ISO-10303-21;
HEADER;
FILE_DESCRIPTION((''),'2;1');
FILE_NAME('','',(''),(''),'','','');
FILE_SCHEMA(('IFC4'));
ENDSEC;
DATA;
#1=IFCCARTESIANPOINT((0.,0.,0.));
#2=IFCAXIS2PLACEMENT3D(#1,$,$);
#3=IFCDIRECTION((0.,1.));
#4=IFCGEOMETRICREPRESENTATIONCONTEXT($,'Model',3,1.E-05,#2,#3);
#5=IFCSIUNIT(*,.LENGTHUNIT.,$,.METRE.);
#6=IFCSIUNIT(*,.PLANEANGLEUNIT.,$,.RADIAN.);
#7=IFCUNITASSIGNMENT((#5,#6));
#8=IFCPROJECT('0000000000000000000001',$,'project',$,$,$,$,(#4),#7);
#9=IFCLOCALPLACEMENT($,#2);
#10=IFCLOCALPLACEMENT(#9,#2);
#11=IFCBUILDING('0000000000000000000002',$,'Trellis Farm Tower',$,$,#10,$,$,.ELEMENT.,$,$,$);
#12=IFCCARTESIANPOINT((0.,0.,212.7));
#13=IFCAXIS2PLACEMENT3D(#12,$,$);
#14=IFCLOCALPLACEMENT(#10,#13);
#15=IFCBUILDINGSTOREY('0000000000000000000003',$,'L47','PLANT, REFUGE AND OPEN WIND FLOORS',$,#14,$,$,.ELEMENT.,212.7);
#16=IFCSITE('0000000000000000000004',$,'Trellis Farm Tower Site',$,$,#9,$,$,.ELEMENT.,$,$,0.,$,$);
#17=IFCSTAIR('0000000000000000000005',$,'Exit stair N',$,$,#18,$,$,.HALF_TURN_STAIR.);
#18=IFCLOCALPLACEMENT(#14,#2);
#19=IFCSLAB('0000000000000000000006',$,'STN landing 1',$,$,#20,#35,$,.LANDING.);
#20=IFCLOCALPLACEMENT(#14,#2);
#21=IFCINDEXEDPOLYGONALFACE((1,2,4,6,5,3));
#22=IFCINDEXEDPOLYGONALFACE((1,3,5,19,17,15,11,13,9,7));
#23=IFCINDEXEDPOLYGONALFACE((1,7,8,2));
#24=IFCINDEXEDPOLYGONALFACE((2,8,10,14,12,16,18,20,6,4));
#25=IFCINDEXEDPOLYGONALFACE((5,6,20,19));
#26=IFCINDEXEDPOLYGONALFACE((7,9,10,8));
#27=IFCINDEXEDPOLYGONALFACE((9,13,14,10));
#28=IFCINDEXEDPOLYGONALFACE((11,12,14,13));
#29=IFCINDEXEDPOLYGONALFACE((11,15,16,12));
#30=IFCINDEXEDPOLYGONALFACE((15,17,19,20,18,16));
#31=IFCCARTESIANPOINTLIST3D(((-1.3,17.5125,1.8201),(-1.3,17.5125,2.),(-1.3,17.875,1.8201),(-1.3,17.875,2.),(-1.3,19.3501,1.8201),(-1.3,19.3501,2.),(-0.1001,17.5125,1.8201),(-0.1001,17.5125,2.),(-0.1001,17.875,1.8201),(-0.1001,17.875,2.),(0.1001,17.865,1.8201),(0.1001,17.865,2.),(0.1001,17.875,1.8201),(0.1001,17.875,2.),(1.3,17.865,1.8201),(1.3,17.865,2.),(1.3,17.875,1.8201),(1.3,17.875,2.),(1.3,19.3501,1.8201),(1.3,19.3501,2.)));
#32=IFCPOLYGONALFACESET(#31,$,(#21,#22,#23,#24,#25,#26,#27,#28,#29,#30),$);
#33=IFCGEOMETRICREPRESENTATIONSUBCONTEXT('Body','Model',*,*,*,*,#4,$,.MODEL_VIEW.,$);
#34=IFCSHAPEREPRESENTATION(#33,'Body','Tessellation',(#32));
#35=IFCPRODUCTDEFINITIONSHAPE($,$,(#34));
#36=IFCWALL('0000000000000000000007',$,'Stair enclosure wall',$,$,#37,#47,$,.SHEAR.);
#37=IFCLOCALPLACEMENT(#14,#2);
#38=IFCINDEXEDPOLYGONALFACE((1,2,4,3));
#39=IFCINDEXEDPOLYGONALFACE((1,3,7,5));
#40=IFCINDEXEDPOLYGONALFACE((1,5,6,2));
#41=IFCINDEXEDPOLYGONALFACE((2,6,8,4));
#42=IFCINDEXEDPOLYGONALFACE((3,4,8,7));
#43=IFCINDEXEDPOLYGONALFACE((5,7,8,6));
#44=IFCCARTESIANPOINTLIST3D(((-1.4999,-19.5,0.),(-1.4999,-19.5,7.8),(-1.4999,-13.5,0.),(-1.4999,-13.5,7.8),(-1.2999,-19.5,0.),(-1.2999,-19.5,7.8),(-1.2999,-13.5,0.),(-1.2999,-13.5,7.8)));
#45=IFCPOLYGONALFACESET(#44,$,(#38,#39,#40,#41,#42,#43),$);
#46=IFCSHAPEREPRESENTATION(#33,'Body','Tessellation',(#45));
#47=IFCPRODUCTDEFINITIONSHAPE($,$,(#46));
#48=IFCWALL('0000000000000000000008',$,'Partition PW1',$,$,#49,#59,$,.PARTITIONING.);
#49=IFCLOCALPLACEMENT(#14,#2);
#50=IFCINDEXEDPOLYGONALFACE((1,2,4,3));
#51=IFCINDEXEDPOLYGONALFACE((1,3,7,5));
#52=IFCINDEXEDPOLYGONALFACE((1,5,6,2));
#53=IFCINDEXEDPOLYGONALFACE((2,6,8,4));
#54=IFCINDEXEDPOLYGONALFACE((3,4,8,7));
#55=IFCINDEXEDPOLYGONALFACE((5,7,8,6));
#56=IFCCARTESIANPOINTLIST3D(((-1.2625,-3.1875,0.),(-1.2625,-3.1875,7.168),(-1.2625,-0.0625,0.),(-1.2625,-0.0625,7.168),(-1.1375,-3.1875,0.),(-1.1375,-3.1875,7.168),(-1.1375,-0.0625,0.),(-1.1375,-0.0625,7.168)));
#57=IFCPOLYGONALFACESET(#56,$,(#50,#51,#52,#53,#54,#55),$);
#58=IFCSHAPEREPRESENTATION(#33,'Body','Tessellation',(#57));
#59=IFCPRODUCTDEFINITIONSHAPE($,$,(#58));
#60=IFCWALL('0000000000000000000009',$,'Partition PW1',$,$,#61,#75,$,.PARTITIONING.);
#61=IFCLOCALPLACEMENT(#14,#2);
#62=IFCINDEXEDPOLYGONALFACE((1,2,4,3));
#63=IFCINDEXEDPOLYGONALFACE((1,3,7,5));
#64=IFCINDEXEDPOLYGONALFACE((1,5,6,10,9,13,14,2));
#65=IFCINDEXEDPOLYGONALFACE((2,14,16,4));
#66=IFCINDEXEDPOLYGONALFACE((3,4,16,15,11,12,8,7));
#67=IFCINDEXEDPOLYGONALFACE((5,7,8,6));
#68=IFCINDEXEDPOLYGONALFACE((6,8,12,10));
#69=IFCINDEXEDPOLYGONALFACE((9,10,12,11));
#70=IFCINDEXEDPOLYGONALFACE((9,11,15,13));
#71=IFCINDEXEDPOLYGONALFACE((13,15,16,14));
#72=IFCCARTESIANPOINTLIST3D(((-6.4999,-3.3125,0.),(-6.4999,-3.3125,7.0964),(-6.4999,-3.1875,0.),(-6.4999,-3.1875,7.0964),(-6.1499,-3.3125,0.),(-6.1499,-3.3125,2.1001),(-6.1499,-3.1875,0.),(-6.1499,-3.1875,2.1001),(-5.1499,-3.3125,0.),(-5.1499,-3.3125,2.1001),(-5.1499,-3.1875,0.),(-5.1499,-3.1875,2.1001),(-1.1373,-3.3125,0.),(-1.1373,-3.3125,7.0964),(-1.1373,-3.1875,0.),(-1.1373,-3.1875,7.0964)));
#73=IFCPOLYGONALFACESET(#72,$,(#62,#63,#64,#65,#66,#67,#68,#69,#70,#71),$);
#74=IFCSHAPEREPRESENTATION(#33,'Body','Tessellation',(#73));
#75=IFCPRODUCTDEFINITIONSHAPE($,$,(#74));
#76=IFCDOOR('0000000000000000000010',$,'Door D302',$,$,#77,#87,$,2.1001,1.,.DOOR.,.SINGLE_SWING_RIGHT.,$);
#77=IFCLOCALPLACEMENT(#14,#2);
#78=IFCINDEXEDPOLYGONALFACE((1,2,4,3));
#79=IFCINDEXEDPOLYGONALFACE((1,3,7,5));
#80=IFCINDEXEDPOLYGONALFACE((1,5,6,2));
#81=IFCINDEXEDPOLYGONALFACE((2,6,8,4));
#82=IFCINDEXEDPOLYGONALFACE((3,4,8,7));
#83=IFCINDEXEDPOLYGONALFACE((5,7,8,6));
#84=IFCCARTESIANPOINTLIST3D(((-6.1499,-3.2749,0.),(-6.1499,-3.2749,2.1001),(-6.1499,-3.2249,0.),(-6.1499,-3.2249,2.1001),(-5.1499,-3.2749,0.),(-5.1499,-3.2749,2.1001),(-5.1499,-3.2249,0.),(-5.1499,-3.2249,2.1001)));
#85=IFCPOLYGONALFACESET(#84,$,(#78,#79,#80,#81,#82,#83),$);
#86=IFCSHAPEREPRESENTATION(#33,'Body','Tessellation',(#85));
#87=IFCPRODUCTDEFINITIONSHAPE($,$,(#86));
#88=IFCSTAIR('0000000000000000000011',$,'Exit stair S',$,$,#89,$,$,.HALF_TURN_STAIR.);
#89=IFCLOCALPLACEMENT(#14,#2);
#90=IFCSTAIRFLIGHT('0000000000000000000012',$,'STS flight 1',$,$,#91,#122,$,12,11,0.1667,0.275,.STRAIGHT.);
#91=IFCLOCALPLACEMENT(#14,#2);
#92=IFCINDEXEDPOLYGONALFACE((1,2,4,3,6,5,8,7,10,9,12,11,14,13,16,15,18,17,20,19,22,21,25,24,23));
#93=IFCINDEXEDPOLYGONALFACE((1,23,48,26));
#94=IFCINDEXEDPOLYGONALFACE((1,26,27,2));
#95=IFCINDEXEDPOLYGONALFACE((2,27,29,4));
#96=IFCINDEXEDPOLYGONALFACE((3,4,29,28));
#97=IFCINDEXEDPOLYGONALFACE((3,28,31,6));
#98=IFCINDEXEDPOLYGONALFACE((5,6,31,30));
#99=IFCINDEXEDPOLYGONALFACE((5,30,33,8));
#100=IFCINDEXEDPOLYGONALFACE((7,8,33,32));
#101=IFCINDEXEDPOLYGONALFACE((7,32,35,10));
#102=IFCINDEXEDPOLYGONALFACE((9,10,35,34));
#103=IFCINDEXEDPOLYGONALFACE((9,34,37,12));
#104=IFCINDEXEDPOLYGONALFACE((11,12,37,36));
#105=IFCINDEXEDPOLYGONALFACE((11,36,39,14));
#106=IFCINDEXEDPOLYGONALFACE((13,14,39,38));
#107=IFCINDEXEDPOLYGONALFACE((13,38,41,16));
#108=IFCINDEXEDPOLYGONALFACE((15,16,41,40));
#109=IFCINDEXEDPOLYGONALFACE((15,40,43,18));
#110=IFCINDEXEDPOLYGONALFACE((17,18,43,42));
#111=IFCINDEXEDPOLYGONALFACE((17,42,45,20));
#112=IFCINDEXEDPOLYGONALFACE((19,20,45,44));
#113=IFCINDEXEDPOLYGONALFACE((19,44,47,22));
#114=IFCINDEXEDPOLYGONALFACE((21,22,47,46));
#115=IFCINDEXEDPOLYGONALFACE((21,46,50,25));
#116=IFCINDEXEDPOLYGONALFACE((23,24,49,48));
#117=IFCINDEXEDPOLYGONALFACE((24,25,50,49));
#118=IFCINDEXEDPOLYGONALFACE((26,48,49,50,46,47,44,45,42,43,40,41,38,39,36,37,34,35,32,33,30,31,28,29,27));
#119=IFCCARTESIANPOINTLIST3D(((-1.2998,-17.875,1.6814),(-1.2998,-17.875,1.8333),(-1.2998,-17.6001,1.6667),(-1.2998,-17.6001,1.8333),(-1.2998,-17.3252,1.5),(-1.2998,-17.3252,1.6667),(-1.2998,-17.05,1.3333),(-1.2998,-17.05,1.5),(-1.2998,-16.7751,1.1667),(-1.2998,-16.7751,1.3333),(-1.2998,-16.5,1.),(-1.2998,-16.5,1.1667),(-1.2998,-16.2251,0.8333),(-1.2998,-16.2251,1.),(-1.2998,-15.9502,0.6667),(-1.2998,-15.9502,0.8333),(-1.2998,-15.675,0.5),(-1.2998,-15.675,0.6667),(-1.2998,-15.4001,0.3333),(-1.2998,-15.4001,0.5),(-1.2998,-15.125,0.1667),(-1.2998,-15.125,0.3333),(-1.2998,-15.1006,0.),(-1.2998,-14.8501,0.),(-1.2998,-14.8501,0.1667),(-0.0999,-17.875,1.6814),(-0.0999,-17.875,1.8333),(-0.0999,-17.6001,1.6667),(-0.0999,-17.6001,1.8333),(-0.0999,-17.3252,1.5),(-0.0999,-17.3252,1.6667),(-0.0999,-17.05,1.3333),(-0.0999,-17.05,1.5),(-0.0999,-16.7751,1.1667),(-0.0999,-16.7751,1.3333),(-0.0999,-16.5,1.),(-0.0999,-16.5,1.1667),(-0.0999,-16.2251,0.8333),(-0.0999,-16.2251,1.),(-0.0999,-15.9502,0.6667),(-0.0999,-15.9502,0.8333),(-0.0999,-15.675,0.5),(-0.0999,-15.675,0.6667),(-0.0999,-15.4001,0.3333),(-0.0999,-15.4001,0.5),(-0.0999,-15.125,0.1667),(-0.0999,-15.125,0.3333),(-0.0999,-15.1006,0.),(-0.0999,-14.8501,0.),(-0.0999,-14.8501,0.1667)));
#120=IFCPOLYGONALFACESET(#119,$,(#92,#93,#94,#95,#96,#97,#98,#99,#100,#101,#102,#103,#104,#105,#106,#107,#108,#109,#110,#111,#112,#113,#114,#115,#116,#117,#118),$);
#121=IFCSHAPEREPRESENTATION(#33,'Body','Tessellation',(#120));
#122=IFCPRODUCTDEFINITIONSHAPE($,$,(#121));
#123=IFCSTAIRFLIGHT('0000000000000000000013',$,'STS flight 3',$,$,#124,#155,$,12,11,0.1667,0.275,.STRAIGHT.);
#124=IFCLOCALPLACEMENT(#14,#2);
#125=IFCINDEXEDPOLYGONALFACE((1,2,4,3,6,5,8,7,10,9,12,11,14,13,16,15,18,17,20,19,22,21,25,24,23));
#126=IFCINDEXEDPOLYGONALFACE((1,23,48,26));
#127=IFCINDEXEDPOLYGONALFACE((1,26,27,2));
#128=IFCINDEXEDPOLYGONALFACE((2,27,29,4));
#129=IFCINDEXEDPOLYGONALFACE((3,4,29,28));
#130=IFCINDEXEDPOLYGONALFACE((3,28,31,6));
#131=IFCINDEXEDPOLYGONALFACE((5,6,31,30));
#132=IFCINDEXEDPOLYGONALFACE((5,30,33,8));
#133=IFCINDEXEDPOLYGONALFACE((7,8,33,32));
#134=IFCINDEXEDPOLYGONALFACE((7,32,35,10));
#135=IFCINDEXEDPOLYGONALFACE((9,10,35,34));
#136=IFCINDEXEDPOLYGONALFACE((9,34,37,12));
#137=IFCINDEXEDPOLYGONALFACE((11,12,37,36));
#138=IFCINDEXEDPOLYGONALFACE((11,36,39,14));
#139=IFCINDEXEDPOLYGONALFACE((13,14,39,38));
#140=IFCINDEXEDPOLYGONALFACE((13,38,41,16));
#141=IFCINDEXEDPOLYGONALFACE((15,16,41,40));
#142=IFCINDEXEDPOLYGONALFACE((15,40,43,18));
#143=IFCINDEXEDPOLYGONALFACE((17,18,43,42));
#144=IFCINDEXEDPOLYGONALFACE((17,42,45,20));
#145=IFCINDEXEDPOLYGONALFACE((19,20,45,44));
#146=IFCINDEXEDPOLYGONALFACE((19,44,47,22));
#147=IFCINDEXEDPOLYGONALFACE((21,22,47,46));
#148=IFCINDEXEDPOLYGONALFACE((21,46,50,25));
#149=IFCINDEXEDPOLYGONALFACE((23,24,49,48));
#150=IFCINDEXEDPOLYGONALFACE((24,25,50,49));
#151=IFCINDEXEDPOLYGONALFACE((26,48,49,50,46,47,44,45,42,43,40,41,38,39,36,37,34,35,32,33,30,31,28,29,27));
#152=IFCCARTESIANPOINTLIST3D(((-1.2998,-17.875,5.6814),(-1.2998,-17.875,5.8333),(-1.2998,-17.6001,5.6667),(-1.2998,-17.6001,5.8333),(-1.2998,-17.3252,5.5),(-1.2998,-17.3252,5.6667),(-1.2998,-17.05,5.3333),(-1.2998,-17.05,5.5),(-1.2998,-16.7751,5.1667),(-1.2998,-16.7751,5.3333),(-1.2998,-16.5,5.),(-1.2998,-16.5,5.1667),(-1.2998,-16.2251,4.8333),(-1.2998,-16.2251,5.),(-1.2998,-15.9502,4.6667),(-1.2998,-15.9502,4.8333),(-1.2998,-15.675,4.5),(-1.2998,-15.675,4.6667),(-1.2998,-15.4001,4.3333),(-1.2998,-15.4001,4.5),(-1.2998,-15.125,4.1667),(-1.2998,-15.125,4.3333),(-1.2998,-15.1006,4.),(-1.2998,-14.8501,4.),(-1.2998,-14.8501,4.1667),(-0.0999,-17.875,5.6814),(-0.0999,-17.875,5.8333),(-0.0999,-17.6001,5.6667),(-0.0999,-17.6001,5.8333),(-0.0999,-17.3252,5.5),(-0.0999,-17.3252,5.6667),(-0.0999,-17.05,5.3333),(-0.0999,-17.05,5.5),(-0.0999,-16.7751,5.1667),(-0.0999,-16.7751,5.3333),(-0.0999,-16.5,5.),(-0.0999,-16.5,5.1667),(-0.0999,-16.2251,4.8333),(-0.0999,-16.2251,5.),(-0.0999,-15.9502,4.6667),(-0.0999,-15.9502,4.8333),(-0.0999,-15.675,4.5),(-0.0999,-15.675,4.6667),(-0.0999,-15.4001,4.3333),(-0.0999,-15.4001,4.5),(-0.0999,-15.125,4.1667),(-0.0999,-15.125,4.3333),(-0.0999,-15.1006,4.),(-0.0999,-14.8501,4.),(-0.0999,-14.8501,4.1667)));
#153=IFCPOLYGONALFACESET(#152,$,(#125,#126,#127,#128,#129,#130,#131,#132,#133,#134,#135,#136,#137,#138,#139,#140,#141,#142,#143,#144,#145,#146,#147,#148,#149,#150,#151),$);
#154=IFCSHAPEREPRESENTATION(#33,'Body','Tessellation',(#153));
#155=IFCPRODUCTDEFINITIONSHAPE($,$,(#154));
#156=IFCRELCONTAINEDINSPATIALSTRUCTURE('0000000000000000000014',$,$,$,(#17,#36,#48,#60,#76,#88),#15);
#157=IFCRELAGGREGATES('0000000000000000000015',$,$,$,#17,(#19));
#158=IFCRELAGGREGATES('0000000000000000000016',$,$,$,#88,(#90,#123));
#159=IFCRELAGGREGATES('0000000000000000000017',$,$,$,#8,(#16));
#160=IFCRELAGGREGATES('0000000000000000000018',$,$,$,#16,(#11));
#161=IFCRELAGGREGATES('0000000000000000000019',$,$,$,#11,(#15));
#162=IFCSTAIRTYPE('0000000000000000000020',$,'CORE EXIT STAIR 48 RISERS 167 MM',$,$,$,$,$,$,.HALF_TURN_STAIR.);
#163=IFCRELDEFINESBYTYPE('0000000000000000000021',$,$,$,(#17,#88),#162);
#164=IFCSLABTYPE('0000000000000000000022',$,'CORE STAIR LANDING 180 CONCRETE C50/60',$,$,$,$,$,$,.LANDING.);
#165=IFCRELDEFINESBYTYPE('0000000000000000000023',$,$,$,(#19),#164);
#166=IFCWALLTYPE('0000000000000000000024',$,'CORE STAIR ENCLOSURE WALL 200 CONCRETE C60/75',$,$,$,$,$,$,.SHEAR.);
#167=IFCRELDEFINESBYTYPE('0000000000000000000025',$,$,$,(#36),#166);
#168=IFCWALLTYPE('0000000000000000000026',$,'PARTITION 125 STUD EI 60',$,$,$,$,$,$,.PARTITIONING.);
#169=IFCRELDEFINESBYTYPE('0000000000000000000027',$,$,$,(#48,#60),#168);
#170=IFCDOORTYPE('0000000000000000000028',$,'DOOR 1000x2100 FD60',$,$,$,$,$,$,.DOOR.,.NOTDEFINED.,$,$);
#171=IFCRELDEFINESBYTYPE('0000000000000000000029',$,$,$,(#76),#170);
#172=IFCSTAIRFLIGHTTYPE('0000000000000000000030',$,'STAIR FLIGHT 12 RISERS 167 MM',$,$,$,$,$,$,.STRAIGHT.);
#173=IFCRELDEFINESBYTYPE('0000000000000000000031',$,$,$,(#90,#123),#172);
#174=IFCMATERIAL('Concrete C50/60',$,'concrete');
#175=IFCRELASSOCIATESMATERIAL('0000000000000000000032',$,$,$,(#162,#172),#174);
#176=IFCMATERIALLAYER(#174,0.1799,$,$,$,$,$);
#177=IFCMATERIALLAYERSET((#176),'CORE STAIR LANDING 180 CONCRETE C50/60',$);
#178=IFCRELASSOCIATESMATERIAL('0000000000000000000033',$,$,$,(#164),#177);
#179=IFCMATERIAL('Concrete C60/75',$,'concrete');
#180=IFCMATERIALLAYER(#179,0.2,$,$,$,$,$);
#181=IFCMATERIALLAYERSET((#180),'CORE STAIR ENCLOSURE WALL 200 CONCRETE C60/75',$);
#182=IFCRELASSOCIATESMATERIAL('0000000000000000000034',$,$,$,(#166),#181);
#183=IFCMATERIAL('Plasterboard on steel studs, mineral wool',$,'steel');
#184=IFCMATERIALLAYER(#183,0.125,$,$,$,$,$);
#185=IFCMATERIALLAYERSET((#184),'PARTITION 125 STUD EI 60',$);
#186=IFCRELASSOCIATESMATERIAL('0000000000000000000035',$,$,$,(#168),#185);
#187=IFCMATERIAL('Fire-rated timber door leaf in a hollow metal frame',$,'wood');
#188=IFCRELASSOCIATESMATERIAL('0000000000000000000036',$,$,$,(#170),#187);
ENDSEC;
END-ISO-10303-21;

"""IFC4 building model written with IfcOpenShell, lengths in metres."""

from ifc_helpers import new_model, si_unit, direction, frame, frame_2d, origin, place, context, subcontext, project, spatial, polyline, rectangle, outline, extrude, source, transform, mapped, material, layer, layer_set, type_object, element, fill, aggregate, save


model = new_model("IFC4")

# Units and contexts
model_context = context("Model", 3, precision=1e-05, world=origin(), true_north=direction((0.0, 1.0)))
body_context = subcontext(model_context, "Body", "Model", "MODEL_VIEW")
ifc_project = project(units=[si_unit("LENGTHUNIT", "METRE"), si_unit("PLANEANGLEUNIT", "RADIAN")], contexts=[model_context])

# Site, building, storey
site_placement = place(None, origin())
site = spatial("IfcSite", under=ifc_project, at=site_placement, Name="Trellis Farm Tower Site", CompositionType="ELEMENT", RefElevation=0.0)
building_placement = place(site_placement, origin())
building = spatial("IfcBuilding", under=site, at=building_placement, Name="Trellis Farm Tower", CompositionType="ELEMENT")
storey_placement = place(building_placement, frame((0.0, 0.0, 212.7)))
storey = spatial("IfcBuildingStorey", under=building, at=storey_placement, Name="L47", Description="PLANT, REFUGE AND OPEN WIND FLOORS", CompositionType="ELEMENT", Elevation=212.7)

# Shared definitions
ifc_material_1 = material(Name="Concrete C60/75", Category="concrete")

# Stair, slab
ifc_material_2 = material(Name="Concrete C50/60", Category="concrete")
stair_type = type_object("IfcStairType", Name="CORE EXIT STAIR 48 RISERS 167 MM", PredefinedType="HALF_TURN_STAIR", material=ifc_material_2)
placement = place(storey_placement, origin())
stair_1 = element("IfcStair", 1, at=placement, inside=storey, type_object=stair_type, Name="Exit stair N", PredefinedType="HALF_TURN_STAIR")
ifc_layer_1 = layer(ifc_material_2, 0.1799)
ifc_layer_set_1 = layer_set([ifc_layer_1], Name="CORE STAIR LANDING 180 CONCRETE C50/60")
slab_type_1 = type_object("IfcSlabType", Name="CORE STAIR LANDING 180 CONCRETE C50/60", PredefinedType="LANDING", material=ifc_layer_set_1)
shared_shape_1 = source(origin(), body_context, "Body", "SweptSolid", [
    extrude(outline(polyline([(-0.1001, 17.5125), (-1.3, 17.5125), (-1.3, 17.875), (-1.3, 19.3501), (1.3, 19.3501), (1.3, 17.875), (1.3, 17.865), (0.1001, 17.865), (0.1001, 17.875), (-0.1001, 17.875), (-0.1001, 17.5125)])), origin(), (0.0, 0.0, 1.0), 0.1799),
])
slab_1_placement = place(storey_placement, frame((0.0, 0.0, 1.8201)))
slab_1 = element("IfcSlab", 2, at=slab_1_placement, type_object=slab_type_1, Name="STN landing 1", PredefinedType="LANDING", context=body_context, shape_type="MappedRepresentation", body=[
    mapped(shared_shape_1, transform((0.0, 0.0, 0.0))),
])
aggregate(stair_1, [slab_1])

# Walls
ifc_layer_2 = layer(ifc_material_1, 0.2)
ifc_layer_set_2 = layer_set([ifc_layer_2], Name="CORE STAIR ENCLOSURE WALL 200 CONCRETE C60/75")
wall_type_1 = type_object("IfcWallType", Name="CORE STAIR ENCLOSURE WALL 200 CONCRETE C60/75", PredefinedType="SHEAR", material=ifc_layer_set_2)
shared_shape_2 = source(origin(), body_context, "Body", "SweptSolid", [
    extrude(rectangle(XDim=6.0, YDim=0.2, at=frame_2d((3.0, 0.0))), origin(), (0.0, 0.0, 1.0), 7.8),
])
wall_1_placement = place(storey_placement, frame((-1.3999, -13.5, 0.0), z_axis=(0.0, 0.0, 1.0), x_axis=(0.0, -1.0, 0.0)))
element("IfcWall", 3, at=wall_1_placement, inside=storey, type_object=wall_type_1, Name="Stair enclosure wall", PredefinedType="SHEAR", context=body_context, shape_type="MappedRepresentation", body=[
    mapped(shared_shape_2, transform((0.0, 0.0, 0.0))),
])
ifc_material_3 = material(Name="Plasterboard on steel studs, mineral wool", Category="steel")
ifc_layer_3 = layer(ifc_material_3, 0.125)
ifc_layer_set_3 = layer_set([ifc_layer_3], Name="PARTITION 125 STUD EI 60")
wall_type_2 = type_object("IfcWallType", Name="PARTITION 125 STUD EI 60", PredefinedType="PARTITIONING", material=ifc_layer_set_3)
shared_shape_3 = source(origin(), body_context, "Body", "SweptSolid", [
    extrude(rectangle(XDim=3.125, YDim=0.125, at=frame_2d((1.5625, 0.0))), origin(), (0.0, 0.0, 1.0), 7.168),
])
wall_2_placement = place(storey_placement, frame((-1.2, -3.1875, 0.0), z_axis=(0.0, 0.0, 1.0), x_axis=(0.0, 1.0, 0.0)))
element("IfcWall", 4, at=wall_2_placement, inside=storey, type_object=wall_type_2, Name="Partition PW1", PredefinedType="PARTITIONING", context=body_context, shape_type="MappedRepresentation", body=[
    mapped(shared_shape_3, transform((0.0, 0.0, 0.0))),
])

# Wall, opening, door
shared_shape_4 = source(origin(), body_context, "Body", "SweptSolid", [
    extrude(rectangle(XDim=5.3625, YDim=0.125, at=frame_2d((2.6812, 0.0))), origin(), (0.0, 0.0, 1.0), 7.0964),
])
wall_3_placement = place(storey_placement, frame((-1.1375, -3.25, 0.0), z_axis=(0.0, 0.0, 1.0), x_axis=(-1.0, 0.0, 0.0)))
wall_3 = element("IfcWall", 5, at=wall_3_placement, inside=storey, type_object=wall_type_2, Name="Partition PW1", PredefinedType="PARTITIONING", context=body_context, shape_type="MappedRepresentation", body=[
    mapped(shared_shape_4, transform((0.0, 0.0, 0.0))),
])
shared_shape_5 = source(origin(), body_context, "Body", "SweptSolid", [
    extrude(rectangle(XDim=1.0, YDim=2.1001, at=frame_2d((0.5, 1.05))), frame((0.0, 0.0725, 0.0), z_axis=(0.0, -1.0, 0.0), x_axis=(1.0, 0.0, 0.0)), (0.0, 0.0, 1.0), 0.145),
])
opening_placement = place(wall_3_placement, frame((4.0125, 0.0, 0.0)))
opening = element("IfcOpeningElement", 6, at=opening_placement, cuts=wall_3, PredefinedType="OPENING", context=body_context, shape_type="MappedRepresentation", body=[
    mapped(shared_shape_5, transform((0.0, 0.0, 0.0))),
])
ifc_material_4 = material(Name="Fire-rated timber door leaf in a hollow metal frame", Category="wood")
door_type = type_object("IfcDoorType", Name="DOOR 1000x2100 FD60", OperationType="NOTDEFINED", PredefinedType="DOOR", material=ifc_material_4)
shared_shape_6 = source(origin(), body_context, "Body", "SweptSolid", [
    extrude(rectangle(XDim=1.0, YDim=2.1001, at=frame_2d((0.5, 1.05))), frame((0.0, 0.0249, 0.0), z_axis=(0.0, -1.0, 0.0), x_axis=(1.0, 0.0, 0.0)), (0.0, 0.0, 1.0), 0.05),
])
door_placement = place(opening_placement, origin())
door = element("IfcDoor", 7, at=door_placement, inside=storey, type_object=door_type, Name="Door D302", OperationType="SINGLE_SWING_RIGHT", OverallHeight=2.1001, OverallWidth=1.0, PredefinedType="DOOR", context=body_context, shape_type="MappedRepresentation", body=[
    mapped(shared_shape_6, transform((0.0, 0.0, 0.0))),
])
fill(opening, door)

# Stair, stair flights
stair_2 = element("IfcStair", 8, at=placement, inside=storey, type_object=stair_type, Name="Exit stair S", PredefinedType="HALF_TURN_STAIR")
stair_flight_type = type_object("IfcStairFlightType", Name="STAIR FLIGHT 12 RISERS 167 MM", PredefinedType="STRAIGHT", material=ifc_material_2)
shared_shape_7 = source(origin(), body_context, "Body", "SweptSolid", [
    extrude(outline(polyline([(0.0, 0.0), (0.0, 0.1667), (0.2749, 0.1667), (0.2749, 0.3333), (0.55, 0.3333), (0.55, 0.5), (0.825, 0.5), (0.825, 0.6667), (1.1001, 0.6667), (1.1001, 0.8333), (1.375, 0.8333), (1.375, 1.0), (1.6499, 1.0), (1.6499, 1.1667), (1.925, 1.1667), (1.925, 1.3333), (2.2, 1.3333), (2.2, 1.5), (2.4751, 1.5), (2.4751, 1.6667), (2.75, 1.6667), (2.75, 1.8333), (3.0249, 1.8333), (3.0249, 2.0), (3.0249, 1.6814), (0.2505, 0.0), (0.0, 0.0)])), frame((0.0, 0.6001, 0.0), z_axis=(0.0, -1.0, 0.0), x_axis=(1.0, 0.0, 0.0)), (0.0, 0.0, 1.0), 1.2),
])
stair_flight_1_placement = place(storey_placement, frame((-0.7, -14.8501, 0.0), z_axis=(0.0, 0.0, 1.0), x_axis=(0.0, -1.0, 0.0)))
stair_flight_1 = element("IfcStairFlight", 9, at=stair_flight_1_placement, type_object=stair_flight_type, Name="STS flight 1", NumberOfRisers=12, NumberOfTreads=11, PredefinedType="STRAIGHT", RiserHeight=0.1667, TreadLength=0.275, context=body_context, shape_type="MappedRepresentation", body=[
    mapped(shared_shape_7, transform((0.0, 0.0, 0.0))),
])
stair_flight_2_placement = place(storey_placement, frame((-0.7, -14.8501, 4.0), z_axis=(0.0, 0.0, 1.0), x_axis=(0.0, -1.0, 0.0)))
stair_flight_2 = element("IfcStairFlight", 10, at=stair_flight_2_placement, type_object=stair_flight_type, Name="STS flight 3", NumberOfRisers=12, NumberOfTreads=11, PredefinedType="STRAIGHT", RiserHeight=0.1667, TreadLength=0.275, context=body_context, shape_type="MappedRepresentation", body=[
    mapped(shared_shape_7, transform((0.0, 0.0, 0.0))),
])
aggregate(stair_2, [stair_flight_1, stair_flight_2])

save(model, "model.ifc")
